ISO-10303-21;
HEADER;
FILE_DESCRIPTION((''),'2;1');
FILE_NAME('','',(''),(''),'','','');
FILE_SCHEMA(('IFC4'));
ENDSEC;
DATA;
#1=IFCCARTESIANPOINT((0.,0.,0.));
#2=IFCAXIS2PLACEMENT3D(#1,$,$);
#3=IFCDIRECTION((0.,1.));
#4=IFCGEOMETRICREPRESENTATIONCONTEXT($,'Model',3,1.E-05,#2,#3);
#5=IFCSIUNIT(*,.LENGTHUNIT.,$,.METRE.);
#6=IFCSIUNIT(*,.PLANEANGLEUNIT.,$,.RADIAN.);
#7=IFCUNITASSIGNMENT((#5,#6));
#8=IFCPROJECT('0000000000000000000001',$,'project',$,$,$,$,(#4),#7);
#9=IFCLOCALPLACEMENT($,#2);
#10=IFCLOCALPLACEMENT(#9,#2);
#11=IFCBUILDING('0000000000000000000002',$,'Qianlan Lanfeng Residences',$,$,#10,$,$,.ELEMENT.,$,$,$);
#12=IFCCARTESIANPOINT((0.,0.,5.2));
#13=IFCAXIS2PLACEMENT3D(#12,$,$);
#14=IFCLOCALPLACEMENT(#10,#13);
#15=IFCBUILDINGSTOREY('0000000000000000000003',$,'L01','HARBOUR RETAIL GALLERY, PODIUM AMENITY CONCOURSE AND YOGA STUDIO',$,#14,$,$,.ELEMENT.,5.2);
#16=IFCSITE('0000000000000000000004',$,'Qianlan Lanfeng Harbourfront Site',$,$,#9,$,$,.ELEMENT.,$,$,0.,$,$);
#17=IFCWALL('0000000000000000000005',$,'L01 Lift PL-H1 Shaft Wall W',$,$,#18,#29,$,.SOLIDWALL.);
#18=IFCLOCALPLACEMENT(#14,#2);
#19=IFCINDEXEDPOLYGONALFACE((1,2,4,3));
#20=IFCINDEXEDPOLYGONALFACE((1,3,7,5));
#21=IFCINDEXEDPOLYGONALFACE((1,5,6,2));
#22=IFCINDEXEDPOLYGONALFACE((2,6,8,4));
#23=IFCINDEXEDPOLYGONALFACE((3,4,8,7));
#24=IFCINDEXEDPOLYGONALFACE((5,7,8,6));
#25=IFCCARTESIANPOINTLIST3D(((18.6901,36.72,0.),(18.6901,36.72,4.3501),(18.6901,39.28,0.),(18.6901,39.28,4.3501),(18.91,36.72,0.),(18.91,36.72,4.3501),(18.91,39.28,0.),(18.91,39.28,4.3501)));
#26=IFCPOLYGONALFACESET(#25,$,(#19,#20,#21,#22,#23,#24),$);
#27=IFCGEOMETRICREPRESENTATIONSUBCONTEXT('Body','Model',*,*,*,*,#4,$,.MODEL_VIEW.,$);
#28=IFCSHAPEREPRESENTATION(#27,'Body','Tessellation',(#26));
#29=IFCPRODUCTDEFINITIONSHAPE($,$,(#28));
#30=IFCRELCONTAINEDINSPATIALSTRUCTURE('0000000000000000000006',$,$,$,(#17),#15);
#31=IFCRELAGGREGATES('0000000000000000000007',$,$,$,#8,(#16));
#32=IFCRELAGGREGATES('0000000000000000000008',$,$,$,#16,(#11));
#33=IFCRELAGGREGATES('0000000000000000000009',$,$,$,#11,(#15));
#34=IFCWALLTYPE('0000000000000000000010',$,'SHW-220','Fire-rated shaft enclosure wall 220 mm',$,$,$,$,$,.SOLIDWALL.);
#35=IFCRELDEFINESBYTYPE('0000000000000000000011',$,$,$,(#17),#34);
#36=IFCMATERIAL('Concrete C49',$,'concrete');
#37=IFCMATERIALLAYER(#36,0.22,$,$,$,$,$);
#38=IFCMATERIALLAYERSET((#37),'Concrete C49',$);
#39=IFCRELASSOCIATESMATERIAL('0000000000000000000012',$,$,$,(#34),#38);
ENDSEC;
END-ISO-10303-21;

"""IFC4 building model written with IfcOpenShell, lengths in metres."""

from ifc_helpers import new_model, si_unit, direction, frame, frame_2d, origin, place, context, subcontext, project, spatial, rectangle, extrude, material, layer, layer_set, type_object, element, save


model = new_model("IFC4")

# Units and contexts
model_context = context("Model", 3, precision=1e-05, world=origin(), true_north=direction((0.0, 1.0)))
body_context = subcontext(model_context, "Body", "Model", "MODEL_VIEW")
ifc_project = project(units=[si_unit("LENGTHUNIT", "METRE"), si_unit("PLANEANGLEUNIT", "RADIAN")], contexts=[model_context])

# Site, building, storey
site_placement = place(None, origin())
site = spatial("IfcSite", under=ifc_project, at=site_placement, Name="Qianlan Lanfeng Harbourfront Site", CompositionType="ELEMENT", RefElevation=0.0)
building_placement = place(site_placement, origin())
building = spatial("IfcBuilding", under=site, at=building_placement, Name="Qianlan Lanfeng Residences", CompositionType="ELEMENT")
storey_placement = place(building_placement, frame((0.0, 0.0, 5.2)))
storey = spatial("IfcBuildingStorey", under=building, at=storey_placement, Name="L01", Description="HARBOUR RETAIL GALLERY, PODIUM AMENITY CONCOURSE AND YOGA STUDIO", CompositionType="ELEMENT", Elevation=5.2)

# Wall
ifc_material_1 = material(Name="Concrete C49", Category="concrete")
ifc_layer_1 = layer(ifc_material_1, 0.22)
ifc_layer_set_1 = layer_set([ifc_layer_1], Name="Concrete C49")
wall_type_1 = type_object("IfcWallType", Name="SHW-220", Description="Fire-rated shaft enclosure wall 220 mm", PredefinedType="SOLIDWALL", material=ifc_layer_set_1)
wall_1_placement = place(storey_placement, frame((18.8, 36.72, 0.0), z_axis=(0.0, 0.0, 1.0), x_axis=(0.0, 1.0, 0.0)))
element("IfcWall", 1, at=wall_1_placement, inside=storey, type_object=wall_type_1, Name="L01 Lift PL-H1 Shaft Wall W", PredefinedType="SOLIDWALL", context=body_context, shape_type="SweptSolid", body=[
    extrude(rectangle(XDim=2.5601, YDim=0.22, at=frame_2d((1.28, 0.0))), origin(), (0.0, 0.0, 1.0), 4.3501),
])

save(model, "model.ifc")
